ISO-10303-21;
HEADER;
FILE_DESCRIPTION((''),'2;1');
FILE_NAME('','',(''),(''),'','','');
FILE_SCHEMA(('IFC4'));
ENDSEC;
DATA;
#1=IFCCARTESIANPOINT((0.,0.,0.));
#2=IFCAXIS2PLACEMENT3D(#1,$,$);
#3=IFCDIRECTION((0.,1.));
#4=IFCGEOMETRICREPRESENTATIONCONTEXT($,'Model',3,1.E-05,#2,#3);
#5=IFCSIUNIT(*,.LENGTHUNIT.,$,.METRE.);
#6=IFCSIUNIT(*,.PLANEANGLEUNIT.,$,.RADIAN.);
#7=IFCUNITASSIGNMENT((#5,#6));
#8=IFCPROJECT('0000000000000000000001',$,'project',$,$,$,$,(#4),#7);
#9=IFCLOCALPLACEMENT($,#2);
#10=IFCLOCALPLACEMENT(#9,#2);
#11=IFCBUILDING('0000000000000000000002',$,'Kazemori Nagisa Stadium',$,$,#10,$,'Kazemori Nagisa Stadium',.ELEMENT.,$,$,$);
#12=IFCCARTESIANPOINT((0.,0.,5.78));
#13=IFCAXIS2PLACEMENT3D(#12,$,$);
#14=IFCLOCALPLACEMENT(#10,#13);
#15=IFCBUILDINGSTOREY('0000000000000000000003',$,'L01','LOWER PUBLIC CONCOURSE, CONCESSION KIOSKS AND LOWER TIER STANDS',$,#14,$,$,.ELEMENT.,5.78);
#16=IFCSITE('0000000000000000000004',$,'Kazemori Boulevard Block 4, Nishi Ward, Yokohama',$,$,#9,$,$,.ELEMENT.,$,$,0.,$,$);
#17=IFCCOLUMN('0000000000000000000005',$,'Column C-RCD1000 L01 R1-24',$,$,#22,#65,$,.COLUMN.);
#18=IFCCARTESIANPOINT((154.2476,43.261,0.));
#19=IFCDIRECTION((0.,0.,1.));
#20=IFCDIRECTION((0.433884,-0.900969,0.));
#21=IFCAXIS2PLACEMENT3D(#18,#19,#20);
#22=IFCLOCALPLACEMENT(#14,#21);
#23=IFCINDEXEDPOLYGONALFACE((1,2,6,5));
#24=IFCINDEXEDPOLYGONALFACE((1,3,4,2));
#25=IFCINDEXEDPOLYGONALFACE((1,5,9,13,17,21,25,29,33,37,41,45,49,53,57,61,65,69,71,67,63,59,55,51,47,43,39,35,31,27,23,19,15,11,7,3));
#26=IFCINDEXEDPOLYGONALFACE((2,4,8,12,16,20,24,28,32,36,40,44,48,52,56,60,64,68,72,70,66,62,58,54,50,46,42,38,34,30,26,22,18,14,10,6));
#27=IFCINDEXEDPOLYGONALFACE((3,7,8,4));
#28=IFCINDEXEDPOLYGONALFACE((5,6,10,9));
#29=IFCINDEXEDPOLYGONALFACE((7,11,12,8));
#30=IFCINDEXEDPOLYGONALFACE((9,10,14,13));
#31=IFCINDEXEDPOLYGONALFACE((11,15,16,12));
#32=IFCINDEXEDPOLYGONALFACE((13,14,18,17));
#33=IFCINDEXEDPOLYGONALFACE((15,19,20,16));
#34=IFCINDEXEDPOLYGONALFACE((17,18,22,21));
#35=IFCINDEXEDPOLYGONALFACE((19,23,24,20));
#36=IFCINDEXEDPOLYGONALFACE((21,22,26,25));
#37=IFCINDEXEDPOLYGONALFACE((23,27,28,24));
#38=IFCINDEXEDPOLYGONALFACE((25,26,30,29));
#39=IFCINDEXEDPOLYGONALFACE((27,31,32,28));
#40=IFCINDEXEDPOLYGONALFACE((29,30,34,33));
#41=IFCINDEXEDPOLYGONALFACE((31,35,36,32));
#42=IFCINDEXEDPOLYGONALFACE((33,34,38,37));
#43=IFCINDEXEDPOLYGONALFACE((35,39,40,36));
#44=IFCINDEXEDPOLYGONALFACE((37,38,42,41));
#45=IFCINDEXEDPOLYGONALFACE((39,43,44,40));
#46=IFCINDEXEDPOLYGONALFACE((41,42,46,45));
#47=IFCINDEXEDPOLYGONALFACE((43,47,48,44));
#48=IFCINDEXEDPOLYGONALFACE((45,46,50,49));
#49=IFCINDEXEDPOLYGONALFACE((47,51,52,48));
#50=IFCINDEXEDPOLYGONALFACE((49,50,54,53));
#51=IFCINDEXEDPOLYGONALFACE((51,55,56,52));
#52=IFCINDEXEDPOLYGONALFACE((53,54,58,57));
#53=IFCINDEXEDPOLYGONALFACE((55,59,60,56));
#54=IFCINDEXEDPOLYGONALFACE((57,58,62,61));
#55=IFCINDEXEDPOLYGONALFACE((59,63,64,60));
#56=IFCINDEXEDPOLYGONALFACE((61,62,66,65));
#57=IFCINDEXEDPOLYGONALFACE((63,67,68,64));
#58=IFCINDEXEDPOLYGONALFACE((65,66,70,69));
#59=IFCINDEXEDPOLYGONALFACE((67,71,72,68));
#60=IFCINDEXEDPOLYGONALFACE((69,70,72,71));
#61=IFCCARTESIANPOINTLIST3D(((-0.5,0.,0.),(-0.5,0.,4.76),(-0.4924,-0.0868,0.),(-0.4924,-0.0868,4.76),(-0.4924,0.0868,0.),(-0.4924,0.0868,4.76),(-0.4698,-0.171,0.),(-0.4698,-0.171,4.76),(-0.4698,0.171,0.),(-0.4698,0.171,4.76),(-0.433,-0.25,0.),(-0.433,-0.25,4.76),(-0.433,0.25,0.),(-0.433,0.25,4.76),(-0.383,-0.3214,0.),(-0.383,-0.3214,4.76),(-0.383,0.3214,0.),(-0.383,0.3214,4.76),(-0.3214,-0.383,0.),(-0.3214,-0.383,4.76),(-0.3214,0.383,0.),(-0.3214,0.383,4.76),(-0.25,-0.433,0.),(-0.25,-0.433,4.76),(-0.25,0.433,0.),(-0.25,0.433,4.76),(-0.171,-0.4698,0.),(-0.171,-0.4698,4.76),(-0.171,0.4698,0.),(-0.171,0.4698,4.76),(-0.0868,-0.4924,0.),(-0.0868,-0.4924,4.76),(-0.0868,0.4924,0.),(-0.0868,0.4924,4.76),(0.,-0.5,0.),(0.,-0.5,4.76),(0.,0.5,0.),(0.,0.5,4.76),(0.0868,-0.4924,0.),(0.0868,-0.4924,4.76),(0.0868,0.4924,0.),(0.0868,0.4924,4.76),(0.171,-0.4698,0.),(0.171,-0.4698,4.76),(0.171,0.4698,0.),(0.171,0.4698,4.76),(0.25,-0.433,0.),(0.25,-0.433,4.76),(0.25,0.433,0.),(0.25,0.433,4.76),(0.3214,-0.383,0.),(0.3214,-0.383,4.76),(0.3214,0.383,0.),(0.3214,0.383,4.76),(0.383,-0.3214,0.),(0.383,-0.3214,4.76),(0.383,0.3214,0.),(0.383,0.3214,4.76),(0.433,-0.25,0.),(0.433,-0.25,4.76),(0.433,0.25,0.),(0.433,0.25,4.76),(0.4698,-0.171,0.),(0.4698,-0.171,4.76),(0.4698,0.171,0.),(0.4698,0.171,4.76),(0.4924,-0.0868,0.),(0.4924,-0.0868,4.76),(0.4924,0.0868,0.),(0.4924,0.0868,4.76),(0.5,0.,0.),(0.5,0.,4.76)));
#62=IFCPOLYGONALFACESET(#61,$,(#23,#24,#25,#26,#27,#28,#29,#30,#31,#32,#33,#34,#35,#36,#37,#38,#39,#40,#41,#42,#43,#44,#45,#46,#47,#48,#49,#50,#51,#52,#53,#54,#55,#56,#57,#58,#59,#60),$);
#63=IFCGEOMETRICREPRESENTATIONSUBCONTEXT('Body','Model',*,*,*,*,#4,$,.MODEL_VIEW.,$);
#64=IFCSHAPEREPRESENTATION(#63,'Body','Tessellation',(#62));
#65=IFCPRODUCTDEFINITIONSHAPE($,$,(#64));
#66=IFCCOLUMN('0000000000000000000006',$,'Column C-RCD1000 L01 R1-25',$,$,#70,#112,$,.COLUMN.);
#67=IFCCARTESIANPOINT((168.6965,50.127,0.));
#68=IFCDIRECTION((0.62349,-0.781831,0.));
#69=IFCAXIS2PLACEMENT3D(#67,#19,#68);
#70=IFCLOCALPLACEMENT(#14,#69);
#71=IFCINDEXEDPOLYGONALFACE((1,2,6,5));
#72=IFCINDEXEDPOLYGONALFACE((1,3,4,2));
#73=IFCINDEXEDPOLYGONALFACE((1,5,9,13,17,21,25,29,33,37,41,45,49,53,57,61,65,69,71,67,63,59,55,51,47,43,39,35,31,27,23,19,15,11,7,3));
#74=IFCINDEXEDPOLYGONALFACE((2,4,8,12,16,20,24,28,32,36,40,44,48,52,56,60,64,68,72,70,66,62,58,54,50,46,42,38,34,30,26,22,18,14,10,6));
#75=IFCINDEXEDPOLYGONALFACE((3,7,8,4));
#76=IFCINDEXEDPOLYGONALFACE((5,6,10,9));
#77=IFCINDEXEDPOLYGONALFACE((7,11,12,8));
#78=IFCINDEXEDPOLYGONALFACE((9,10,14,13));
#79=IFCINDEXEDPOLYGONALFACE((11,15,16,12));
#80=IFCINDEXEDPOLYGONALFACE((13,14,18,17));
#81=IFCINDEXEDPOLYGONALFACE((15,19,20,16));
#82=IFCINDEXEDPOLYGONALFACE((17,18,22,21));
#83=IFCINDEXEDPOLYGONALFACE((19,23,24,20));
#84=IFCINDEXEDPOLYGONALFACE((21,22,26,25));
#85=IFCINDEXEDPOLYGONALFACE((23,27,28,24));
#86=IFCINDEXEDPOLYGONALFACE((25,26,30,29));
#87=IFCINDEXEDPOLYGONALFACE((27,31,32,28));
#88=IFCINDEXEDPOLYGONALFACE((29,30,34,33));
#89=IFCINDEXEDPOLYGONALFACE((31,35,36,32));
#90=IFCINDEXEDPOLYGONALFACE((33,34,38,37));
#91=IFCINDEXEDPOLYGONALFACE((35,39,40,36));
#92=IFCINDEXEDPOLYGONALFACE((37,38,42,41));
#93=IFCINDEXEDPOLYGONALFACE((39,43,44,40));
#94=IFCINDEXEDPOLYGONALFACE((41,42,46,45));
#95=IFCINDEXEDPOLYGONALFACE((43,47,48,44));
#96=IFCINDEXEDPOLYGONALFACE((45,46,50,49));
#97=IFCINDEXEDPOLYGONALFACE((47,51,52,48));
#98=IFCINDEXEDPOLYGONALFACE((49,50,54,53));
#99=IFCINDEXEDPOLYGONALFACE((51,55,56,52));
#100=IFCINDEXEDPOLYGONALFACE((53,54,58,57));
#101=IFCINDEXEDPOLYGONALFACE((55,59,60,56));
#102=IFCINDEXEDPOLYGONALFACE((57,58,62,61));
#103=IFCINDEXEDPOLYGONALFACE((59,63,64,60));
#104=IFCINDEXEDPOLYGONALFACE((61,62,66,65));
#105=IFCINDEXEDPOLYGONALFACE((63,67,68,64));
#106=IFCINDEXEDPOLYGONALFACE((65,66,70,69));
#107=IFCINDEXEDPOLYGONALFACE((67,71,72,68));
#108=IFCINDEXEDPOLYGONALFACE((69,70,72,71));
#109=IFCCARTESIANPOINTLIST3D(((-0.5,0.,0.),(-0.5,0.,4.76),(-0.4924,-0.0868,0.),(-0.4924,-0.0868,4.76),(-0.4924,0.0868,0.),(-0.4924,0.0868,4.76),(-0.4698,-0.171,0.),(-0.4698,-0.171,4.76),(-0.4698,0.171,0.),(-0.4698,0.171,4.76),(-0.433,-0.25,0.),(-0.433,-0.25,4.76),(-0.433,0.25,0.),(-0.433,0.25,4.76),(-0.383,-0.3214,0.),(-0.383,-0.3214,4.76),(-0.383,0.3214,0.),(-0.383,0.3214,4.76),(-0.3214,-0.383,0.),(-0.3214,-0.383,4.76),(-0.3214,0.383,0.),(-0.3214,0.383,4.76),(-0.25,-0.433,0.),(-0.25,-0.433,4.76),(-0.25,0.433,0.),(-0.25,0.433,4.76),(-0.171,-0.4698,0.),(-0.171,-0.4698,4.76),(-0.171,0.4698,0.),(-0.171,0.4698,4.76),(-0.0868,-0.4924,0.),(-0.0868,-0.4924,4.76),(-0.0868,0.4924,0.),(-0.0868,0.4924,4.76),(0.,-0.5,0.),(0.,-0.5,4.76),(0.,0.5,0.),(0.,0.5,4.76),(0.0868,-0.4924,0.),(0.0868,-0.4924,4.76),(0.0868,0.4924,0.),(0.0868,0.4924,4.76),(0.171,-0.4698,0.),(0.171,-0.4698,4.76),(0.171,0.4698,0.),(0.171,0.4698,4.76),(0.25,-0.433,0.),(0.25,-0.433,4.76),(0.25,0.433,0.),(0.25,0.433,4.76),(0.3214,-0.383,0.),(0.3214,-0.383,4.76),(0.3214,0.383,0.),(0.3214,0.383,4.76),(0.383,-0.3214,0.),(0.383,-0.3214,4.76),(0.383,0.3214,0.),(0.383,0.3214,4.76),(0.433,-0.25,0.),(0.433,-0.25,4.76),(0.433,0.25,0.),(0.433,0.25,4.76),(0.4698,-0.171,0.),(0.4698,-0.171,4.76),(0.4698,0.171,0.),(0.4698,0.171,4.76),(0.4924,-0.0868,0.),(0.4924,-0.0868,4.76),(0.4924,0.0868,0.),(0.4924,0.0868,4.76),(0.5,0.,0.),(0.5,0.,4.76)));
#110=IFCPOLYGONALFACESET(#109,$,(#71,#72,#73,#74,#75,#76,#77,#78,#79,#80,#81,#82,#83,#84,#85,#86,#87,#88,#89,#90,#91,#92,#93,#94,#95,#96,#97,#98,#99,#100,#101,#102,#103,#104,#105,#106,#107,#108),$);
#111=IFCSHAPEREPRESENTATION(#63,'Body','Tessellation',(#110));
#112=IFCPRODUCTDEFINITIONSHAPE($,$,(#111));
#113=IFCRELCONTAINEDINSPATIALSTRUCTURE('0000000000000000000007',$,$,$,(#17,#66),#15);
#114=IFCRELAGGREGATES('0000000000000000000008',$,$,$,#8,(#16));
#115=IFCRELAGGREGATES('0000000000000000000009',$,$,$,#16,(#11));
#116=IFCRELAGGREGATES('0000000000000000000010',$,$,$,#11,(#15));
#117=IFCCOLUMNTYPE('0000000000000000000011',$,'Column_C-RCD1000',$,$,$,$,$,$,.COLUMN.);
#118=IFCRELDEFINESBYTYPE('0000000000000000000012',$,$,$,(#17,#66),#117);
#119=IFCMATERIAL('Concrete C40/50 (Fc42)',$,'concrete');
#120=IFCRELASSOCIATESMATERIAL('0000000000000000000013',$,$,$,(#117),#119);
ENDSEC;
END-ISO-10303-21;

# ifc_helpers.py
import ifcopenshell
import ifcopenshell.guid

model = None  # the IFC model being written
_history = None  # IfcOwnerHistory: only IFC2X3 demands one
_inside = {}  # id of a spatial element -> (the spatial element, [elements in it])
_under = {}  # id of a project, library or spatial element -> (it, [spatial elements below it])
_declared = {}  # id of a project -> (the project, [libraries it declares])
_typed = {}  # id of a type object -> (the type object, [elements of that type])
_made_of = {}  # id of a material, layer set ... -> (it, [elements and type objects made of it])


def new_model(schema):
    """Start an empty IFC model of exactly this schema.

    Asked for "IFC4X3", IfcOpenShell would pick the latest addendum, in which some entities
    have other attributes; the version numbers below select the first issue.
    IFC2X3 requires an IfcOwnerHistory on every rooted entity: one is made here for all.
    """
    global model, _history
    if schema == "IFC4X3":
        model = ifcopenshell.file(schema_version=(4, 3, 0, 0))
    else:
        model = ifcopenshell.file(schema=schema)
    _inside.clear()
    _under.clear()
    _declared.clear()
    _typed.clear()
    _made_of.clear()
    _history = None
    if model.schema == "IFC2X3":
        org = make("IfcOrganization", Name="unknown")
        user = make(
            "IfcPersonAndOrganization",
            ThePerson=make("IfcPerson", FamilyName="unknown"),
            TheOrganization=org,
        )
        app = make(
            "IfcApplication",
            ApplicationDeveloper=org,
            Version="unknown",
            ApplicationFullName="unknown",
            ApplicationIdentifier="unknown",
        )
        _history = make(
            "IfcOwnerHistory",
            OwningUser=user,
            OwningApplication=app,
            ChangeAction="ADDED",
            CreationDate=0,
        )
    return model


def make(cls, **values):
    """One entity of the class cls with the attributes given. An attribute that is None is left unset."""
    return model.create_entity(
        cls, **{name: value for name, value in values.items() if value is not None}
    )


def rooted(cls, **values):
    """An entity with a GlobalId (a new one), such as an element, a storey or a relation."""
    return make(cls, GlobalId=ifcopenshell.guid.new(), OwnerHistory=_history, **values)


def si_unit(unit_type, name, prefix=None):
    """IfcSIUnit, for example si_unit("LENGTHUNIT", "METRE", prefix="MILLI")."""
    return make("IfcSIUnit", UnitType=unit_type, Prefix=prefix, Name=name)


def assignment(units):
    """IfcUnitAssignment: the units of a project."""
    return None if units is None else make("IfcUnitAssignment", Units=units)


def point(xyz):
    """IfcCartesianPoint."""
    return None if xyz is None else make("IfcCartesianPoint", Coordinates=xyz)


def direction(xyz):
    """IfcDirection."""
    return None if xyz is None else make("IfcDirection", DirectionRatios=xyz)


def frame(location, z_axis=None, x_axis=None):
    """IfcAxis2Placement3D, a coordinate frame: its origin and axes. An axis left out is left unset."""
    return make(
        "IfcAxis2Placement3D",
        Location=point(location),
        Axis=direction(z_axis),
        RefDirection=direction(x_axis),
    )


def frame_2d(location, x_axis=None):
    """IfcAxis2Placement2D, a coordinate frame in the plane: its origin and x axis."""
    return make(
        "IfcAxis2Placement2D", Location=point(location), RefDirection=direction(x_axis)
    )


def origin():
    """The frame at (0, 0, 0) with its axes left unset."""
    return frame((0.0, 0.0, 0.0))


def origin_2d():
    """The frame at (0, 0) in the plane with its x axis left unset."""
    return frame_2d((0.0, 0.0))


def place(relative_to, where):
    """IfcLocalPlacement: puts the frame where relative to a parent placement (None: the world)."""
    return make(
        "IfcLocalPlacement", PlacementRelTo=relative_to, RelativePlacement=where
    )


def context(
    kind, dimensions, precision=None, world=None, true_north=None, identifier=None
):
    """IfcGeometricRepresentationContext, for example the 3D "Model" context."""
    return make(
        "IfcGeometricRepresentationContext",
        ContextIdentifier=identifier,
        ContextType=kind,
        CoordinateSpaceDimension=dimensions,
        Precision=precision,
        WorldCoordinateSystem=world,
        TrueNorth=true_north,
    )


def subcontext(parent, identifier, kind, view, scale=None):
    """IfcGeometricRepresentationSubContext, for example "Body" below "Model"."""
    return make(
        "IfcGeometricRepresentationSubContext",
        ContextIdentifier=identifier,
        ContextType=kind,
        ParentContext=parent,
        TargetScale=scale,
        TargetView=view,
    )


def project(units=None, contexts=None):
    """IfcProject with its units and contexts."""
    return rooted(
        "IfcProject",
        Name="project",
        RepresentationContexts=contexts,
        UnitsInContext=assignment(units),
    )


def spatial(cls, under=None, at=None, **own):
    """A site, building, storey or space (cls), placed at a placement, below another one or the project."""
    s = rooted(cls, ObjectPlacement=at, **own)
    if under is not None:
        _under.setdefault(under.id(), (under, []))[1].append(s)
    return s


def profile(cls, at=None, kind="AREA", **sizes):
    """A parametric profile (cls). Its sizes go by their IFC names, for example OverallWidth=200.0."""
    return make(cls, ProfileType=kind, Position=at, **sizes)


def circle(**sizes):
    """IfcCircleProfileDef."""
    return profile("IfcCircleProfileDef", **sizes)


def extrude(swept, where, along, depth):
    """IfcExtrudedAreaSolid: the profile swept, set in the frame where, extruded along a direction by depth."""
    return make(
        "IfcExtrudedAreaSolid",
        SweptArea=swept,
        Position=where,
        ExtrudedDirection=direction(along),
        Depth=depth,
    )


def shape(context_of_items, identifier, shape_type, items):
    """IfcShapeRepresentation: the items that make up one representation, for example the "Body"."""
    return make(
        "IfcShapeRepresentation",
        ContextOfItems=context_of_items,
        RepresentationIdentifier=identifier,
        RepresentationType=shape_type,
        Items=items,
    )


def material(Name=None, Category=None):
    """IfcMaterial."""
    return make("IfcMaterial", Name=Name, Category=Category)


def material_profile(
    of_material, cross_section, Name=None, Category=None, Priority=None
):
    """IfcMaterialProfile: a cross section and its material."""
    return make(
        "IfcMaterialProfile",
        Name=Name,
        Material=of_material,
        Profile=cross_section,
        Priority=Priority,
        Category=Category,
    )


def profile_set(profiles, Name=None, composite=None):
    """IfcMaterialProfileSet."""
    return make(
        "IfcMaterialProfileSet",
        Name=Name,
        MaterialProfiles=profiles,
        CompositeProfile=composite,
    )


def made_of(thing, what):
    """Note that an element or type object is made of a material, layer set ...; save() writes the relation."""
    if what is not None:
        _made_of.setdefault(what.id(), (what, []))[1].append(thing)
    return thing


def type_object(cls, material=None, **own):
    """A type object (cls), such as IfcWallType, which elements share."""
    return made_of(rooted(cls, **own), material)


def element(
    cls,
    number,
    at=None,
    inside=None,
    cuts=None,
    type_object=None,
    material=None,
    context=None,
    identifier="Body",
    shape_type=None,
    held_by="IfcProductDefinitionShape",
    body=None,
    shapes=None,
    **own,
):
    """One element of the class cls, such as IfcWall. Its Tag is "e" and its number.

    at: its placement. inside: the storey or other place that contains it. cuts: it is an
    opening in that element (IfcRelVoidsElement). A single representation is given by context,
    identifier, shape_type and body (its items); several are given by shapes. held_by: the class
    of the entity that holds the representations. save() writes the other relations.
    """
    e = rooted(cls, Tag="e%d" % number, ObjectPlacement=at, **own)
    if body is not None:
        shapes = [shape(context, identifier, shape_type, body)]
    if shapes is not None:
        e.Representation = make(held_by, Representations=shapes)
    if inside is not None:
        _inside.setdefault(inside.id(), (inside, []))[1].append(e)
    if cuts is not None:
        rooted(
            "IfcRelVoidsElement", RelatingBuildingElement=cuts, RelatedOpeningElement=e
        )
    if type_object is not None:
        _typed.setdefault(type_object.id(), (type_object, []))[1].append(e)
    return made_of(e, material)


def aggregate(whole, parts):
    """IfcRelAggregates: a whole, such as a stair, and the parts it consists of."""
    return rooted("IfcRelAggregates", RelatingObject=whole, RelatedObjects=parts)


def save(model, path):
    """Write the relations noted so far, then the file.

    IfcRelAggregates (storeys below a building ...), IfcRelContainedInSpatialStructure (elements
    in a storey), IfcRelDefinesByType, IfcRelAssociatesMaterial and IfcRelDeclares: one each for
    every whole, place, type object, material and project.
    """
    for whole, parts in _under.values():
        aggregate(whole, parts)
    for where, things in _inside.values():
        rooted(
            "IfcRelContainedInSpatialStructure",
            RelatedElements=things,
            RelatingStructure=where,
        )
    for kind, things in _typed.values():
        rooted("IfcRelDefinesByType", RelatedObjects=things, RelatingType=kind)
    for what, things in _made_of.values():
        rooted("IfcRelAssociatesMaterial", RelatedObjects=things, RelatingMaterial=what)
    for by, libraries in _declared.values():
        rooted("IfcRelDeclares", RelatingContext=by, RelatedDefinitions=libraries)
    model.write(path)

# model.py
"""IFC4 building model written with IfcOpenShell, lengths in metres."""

from ifc_helpers import new_model, si_unit, direction, frame, origin, origin_2d, place, context, subcontext, project, spatial, circle, extrude, material, material_profile, profile_set, type_object, element, save


model = new_model("IFC4")

# Units and contexts
model_context = context("Model", 3, precision=1e-05, world=origin(), true_north=direction((0.0, 1.0)))
body_context = subcontext(model_context, "Body", "Model", "MODEL_VIEW")
ifc_project = project(units=[si_unit("LENGTHUNIT", "METRE"), si_unit("PLANEANGLEUNIT", "RADIAN")], contexts=[model_context])

# Site, building, storey
site_placement = place(None, origin())
site = spatial("IfcSite", under=ifc_project, at=site_placement, Name="Kazemori Boulevard Block 4, Nishi Ward, Yokohama", CompositionType="ELEMENT", RefElevation=0.0)
building_placement = place(site_placement, origin())
building = spatial("IfcBuilding", under=site, at=building_placement, Name="Kazemori Nagisa Stadium", LongName="Kazemori Nagisa Stadium", CompositionType="ELEMENT")
storey_placement = place(building_placement, frame((0.0, 0.0, 5.78)))
storey = spatial("IfcBuildingStorey", under=building, at=storey_placement, Name="L01", Description="LOWER PUBLIC CONCOURSE, CONCESSION KIOSKS AND LOWER TIER STANDS", CompositionType="ELEMENT", Elevation=5.78)

# Columns
ifc_material_1 = material(Name="Concrete C40/50 (Fc42)", Category="concrete")
ifc_material_profile_1 = material_profile(ifc_material_1, circle(Radius=0.5, at=origin_2d()), Name="RC-COL-D1000")
ifc_profile_set_1 = profile_set([ifc_material_profile_1], Name="Concrete C40/50 (Fc42)")
column_type = type_object("IfcColumnType", Name="Column_C-RCD1000", PredefinedType="COLUMN", material=ifc_profile_set_1)
for number, where, z_axis, x_axis, name in (
    (1, (154.2476, 43.261, 0.0), (0.0, 0.0, 1.0), (0.433884, -0.900969, 0.0), "Column C-RCD1000 L01 R1-24"),
    (2, (168.6965, 50.127, 0.0), (0.0, 0.0, 1.0), (0.62349, -0.781831, 0.0), "Column C-RCD1000 L01 R1-25"),
):
    element("IfcColumn", number, at=place(storey_placement, frame(where, z_axis=z_axis, x_axis=x_axis)), inside=storey, type_object=column_type, Name=name, PredefinedType="COLUMN", context=body_context, shape_type="SweptSolid", body=[
        extrude(circle(Radius=0.5, at=origin_2d()), origin(), (0.0, 0.0, 1.0), 4.76),
    ])

save(model, "model.ifc")
